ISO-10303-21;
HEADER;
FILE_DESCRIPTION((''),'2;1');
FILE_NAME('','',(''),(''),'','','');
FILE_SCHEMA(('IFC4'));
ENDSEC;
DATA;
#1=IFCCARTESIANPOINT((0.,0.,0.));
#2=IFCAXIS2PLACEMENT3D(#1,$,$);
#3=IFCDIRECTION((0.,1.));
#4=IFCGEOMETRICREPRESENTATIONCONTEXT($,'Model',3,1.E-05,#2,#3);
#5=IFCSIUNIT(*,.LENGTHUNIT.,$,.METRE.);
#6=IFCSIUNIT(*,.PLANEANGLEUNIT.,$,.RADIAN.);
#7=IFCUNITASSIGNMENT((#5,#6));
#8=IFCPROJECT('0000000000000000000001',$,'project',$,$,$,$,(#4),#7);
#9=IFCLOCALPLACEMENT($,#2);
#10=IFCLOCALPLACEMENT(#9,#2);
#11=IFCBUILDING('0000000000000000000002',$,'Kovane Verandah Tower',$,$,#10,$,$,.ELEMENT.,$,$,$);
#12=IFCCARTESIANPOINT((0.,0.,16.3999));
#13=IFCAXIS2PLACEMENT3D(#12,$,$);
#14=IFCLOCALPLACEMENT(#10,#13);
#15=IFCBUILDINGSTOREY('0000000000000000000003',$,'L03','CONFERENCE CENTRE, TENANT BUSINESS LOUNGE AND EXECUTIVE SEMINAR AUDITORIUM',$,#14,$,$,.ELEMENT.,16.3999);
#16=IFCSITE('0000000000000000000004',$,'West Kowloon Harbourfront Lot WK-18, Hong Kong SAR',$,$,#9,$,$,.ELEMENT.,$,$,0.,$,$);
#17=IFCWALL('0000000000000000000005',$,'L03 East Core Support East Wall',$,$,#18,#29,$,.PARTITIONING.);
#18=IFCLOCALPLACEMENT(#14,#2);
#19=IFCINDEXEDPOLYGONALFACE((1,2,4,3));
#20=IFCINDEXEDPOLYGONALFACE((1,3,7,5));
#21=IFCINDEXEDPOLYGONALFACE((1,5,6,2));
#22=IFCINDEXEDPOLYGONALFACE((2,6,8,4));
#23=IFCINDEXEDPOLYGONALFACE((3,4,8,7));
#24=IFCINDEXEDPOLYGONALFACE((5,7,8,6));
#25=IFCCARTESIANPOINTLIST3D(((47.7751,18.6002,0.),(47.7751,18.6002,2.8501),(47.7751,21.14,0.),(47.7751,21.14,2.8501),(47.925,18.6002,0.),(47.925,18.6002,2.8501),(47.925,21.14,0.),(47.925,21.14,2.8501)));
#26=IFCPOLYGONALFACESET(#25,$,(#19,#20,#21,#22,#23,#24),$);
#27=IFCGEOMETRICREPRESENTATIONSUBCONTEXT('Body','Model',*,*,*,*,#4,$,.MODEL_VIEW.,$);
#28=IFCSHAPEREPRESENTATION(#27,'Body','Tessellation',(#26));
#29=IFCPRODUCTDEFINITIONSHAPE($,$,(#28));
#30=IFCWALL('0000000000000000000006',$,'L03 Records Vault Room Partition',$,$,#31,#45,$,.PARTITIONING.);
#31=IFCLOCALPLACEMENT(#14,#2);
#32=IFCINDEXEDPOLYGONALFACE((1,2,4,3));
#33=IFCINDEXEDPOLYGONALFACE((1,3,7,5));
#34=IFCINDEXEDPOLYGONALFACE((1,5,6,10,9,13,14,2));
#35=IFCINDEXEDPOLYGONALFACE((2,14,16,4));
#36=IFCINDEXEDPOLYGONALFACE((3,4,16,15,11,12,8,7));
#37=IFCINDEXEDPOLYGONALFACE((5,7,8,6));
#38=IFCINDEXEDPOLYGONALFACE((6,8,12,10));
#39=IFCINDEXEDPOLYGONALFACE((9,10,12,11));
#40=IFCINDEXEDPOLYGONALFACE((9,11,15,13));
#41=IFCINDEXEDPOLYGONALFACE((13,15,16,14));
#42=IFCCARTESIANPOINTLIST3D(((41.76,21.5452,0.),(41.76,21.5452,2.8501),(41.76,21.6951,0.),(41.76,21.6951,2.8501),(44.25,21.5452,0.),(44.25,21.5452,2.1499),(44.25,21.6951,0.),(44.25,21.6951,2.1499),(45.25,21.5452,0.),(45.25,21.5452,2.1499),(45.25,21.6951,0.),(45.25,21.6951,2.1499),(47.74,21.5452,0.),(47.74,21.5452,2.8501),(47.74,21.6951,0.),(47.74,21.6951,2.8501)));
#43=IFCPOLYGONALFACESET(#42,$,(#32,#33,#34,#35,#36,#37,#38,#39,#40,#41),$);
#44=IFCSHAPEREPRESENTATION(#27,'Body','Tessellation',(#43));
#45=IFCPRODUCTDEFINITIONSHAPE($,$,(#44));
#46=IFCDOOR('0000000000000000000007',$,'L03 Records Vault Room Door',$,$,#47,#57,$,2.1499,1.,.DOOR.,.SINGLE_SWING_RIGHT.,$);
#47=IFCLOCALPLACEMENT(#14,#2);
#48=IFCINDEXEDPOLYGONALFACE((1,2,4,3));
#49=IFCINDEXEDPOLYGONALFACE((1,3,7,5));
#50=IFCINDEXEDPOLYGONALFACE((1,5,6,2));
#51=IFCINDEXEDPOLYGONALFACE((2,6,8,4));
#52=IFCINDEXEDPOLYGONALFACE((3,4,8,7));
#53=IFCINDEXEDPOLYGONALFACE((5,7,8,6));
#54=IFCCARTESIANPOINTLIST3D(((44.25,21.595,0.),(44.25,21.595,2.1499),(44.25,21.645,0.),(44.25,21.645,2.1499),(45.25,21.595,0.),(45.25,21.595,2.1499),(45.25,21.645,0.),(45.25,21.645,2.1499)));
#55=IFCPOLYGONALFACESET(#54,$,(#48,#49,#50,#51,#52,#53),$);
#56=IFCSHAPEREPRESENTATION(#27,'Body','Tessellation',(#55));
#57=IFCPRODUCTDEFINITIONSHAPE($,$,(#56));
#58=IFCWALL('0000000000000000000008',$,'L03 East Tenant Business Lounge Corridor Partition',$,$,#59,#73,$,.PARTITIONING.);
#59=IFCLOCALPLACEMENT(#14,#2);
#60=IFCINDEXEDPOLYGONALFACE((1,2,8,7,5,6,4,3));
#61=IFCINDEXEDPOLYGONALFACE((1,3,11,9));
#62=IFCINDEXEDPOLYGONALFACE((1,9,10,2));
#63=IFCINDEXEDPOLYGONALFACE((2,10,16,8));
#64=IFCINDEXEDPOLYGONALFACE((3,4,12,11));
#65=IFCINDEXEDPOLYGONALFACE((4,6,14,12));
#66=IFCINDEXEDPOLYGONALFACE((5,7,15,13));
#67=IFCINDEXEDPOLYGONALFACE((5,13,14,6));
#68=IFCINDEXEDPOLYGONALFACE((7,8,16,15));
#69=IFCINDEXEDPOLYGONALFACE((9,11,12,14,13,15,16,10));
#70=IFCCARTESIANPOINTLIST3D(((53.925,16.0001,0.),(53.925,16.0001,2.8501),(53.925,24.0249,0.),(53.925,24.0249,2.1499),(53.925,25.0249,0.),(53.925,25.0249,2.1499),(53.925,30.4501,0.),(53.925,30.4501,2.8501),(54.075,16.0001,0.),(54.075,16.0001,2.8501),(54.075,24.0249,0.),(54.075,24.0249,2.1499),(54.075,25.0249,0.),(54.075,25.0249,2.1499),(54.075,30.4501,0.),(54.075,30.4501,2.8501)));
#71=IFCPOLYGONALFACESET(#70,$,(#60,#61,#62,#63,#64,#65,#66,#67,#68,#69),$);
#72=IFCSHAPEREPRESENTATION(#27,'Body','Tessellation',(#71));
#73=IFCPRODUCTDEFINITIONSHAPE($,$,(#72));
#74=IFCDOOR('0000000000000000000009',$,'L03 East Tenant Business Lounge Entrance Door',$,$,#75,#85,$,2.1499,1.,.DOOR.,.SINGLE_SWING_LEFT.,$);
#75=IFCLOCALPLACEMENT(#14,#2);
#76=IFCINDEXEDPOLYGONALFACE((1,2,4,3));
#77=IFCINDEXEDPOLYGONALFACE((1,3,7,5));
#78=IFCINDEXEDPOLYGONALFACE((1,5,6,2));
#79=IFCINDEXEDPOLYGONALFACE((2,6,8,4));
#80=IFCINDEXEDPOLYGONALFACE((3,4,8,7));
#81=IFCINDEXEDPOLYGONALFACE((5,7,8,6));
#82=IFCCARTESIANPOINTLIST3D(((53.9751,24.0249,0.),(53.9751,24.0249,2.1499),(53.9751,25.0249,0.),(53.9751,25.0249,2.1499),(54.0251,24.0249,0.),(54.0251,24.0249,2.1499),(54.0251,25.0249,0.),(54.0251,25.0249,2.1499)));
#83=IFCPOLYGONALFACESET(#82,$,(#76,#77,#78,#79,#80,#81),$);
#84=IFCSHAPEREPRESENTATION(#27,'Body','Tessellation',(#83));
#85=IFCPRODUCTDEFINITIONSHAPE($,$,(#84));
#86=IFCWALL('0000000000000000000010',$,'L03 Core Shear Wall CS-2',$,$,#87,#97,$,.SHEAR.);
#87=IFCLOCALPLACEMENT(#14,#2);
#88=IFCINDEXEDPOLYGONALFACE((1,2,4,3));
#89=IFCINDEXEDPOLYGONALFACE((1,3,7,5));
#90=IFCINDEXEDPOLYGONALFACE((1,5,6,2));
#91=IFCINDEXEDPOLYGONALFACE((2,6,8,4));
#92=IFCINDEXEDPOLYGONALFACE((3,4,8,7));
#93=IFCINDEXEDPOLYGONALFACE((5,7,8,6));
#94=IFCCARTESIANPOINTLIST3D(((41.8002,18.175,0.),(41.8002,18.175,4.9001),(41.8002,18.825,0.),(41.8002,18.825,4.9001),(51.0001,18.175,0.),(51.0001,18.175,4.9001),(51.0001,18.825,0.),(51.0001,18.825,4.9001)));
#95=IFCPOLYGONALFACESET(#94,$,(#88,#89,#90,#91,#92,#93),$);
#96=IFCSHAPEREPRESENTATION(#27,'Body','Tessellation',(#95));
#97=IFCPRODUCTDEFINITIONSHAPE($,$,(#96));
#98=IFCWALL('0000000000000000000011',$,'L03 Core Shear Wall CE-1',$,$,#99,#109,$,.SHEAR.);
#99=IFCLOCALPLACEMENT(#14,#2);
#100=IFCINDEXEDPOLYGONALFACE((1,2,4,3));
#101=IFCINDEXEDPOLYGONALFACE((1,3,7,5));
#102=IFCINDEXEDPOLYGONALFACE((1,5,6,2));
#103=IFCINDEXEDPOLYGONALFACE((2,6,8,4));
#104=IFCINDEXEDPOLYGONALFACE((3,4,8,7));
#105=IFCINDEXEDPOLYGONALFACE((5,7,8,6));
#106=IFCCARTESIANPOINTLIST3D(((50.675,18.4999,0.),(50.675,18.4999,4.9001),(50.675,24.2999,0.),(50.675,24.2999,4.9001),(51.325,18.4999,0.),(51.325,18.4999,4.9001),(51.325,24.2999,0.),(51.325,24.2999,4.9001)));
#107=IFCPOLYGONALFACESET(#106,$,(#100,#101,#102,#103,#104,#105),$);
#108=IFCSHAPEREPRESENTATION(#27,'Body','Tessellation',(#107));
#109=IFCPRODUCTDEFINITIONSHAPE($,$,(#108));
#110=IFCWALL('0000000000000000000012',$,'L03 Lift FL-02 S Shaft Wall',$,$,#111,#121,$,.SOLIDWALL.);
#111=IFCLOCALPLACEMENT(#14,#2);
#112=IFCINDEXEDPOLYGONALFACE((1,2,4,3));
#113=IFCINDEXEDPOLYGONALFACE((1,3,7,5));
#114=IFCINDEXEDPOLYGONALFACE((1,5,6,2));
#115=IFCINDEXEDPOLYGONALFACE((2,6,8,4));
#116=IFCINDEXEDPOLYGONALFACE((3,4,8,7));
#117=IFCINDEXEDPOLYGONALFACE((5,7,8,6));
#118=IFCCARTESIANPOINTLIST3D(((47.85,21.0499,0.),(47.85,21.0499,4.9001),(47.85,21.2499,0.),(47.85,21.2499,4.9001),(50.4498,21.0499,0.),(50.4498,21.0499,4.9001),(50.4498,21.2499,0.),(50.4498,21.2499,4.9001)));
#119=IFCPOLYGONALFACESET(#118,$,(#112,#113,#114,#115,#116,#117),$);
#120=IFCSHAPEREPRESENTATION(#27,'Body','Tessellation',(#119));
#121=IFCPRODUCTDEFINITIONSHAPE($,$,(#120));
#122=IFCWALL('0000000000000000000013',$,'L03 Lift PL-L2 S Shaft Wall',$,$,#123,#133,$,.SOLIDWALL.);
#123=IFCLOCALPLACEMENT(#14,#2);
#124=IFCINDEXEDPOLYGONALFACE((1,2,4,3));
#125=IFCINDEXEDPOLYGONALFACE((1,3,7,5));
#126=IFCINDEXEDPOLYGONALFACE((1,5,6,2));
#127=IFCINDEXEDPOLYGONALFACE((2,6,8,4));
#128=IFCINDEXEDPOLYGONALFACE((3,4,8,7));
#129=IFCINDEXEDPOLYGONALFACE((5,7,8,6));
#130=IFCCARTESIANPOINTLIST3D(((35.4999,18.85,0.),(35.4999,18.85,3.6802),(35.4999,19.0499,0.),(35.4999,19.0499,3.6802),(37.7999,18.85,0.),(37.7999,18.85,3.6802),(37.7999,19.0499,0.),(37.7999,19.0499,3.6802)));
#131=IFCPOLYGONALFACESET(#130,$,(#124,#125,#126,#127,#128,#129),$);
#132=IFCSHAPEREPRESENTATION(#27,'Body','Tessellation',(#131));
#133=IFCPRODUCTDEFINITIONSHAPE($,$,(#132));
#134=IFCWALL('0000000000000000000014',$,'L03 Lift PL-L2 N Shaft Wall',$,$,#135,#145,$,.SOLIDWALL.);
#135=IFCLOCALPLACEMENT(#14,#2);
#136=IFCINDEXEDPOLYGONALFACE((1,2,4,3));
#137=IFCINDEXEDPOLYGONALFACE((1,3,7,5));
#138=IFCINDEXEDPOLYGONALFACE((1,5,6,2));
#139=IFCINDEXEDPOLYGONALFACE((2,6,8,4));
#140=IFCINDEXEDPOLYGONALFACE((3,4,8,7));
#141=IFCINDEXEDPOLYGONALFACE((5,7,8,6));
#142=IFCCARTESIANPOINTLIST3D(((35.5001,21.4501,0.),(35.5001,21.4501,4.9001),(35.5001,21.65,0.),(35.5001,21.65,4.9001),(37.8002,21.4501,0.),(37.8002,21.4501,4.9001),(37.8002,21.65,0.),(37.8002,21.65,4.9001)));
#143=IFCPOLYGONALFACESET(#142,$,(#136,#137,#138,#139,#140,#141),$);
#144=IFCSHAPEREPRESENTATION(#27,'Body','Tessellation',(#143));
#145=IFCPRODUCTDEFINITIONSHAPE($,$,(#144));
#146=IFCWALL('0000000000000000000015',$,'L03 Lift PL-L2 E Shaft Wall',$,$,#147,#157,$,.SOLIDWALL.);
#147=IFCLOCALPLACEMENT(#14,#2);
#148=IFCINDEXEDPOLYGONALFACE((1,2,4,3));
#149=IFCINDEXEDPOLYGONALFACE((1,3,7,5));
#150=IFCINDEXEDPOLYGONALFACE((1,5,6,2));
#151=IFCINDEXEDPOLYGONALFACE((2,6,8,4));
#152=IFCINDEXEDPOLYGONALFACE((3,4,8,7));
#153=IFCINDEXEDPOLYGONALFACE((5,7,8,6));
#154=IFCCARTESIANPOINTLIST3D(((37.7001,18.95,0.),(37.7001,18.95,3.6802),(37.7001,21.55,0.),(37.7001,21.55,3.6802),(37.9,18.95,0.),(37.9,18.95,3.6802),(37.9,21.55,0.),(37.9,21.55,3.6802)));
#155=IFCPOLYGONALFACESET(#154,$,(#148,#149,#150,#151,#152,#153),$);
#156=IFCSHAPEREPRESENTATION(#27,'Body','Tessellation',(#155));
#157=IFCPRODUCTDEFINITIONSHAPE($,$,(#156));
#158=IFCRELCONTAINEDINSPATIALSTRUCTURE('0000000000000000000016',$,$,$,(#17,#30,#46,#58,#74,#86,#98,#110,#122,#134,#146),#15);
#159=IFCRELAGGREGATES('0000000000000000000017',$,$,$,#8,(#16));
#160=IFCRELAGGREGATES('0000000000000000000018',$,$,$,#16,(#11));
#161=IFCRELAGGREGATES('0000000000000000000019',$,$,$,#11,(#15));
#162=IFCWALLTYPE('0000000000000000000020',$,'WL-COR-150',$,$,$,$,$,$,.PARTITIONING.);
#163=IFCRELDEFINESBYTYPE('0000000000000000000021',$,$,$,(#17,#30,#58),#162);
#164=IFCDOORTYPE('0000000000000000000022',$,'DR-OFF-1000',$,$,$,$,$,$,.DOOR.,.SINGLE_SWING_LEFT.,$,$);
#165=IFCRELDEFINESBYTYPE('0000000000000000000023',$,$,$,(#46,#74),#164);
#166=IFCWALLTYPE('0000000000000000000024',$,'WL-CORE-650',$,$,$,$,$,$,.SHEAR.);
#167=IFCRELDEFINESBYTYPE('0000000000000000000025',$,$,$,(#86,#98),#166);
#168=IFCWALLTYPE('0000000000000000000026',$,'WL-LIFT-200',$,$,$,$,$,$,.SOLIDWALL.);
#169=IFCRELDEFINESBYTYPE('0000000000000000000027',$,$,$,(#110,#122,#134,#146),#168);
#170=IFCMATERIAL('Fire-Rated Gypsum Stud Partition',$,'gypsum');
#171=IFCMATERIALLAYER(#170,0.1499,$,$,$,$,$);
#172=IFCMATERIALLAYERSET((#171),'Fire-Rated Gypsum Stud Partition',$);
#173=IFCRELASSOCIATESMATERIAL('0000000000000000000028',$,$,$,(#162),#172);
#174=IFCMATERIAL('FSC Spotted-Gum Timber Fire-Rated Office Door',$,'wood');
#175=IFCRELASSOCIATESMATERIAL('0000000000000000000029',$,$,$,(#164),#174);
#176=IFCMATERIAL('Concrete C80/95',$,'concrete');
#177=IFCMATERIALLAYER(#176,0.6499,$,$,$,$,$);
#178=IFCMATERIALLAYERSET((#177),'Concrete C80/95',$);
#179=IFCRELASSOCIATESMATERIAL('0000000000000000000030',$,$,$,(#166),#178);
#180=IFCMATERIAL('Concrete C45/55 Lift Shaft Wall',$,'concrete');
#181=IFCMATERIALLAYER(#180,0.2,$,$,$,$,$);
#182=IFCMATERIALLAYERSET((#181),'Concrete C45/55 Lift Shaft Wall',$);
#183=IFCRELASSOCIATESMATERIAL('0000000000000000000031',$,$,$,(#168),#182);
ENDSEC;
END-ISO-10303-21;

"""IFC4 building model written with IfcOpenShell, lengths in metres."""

from ifc_helpers import new_model, si_unit, direction, frame, frame_2d, origin, place, context, subcontext, project, spatial, rectangle, extrude, material, layer, layer_set, type_object, element, fill, save


model = new_model("IFC4")

# Units and contexts
model_context = context("Model", 3, precision=1e-05, world=origin(), true_north=direction((0.0, 1.0)))
body_context = subcontext(model_context, "Body", "Model", "MODEL_VIEW")
ifc_project = project(units=[si_unit("LENGTHUNIT", "METRE"), si_unit("PLANEANGLEUNIT", "RADIAN")], contexts=[model_context])

# Site, building, storey
site_placement = place(None, origin())
site = spatial("IfcSite", under=ifc_project, at=site_placement, Name="West Kowloon Harbourfront Lot WK-18, Hong Kong SAR", CompositionType="ELEMENT", RefElevation=0.0)
building_placement = place(site_placement, origin())
building = spatial("IfcBuilding", under=site, at=building_placement, Name="Kovane Verandah Tower", CompositionType="ELEMENT")
storey_placement = place(building_placement, frame((0.0, 0.0, 16.3999)))
storey = spatial("IfcBuildingStorey", under=building, at=storey_placement, Name="L03", Description="CONFERENCE CENTRE, TENANT BUSINESS LOUNGE AND EXECUTIVE SEMINAR AUDITORIUM", CompositionType="ELEMENT", Elevation=16.3999)

# Shared definitions
ifc_material_1 = material(Name="Concrete C80/95", Category="concrete")

# Shared definitions
ifc_material_2 = material(Name="Fire-Rated Gypsum Stud Partition", Category="gypsum")
ifc_layer_1 = layer(ifc_material_2, 0.1499)
ifc_layer_set_1 = layer_set([ifc_layer_1], Name="Fire-Rated Gypsum Stud Partition")
wall_type_1 = type_object("IfcWallType", Name="WL-COR-150", PredefinedType="PARTITIONING", material=ifc_layer_set_1)

# Wall
wall_1_placement = place(storey_placement, frame((47.8501, 18.6001, 0.0), z_axis=(0.0, 0.0, 1.0), x_axis=(0.0, 1.0, 0.0)))
element("IfcWall", 1, at=wall_1_placement, inside=storey, type_object=wall_type_1, Name="L03 East Core Support East Wall", PredefinedType="PARTITIONING", context=body_context, shape_type="SweptSolid", body=[
    extrude(rectangle(XDim=2.5398, YDim=0.1499, at=frame_2d((1.27, 0.0))), origin(), (0.0, 0.0, 1.0), 2.8501),
])

# Walls, openings, doors
wall_2_placement = place(storey_placement, frame((41.76, 21.6201, 0.0), z_axis=(0.0, 0.0, 1.0), x_axis=(1.0, 0.0, 0.0)))
wall_2 = element("IfcWall", 2, at=wall_2_placement, inside=storey, type_object=wall_type_1, Name="L03 Records Vault Room Partition", PredefinedType="PARTITIONING", context=body_context, shape_type="SweptSolid", body=[
    extrude(rectangle(XDim=5.98, YDim=0.1499, at=frame_2d((2.99, 0.0))), origin(), (0.0, 0.0, 1.0), 2.8501),
])
opening_1_placement = place(wall_2_placement, frame((2.49, 0.0, 0.0)))
opening_1 = element("IfcOpeningElement", 3, at=opening_1_placement, cuts=wall_2, PredefinedType="OPENING", context=body_context, shape_type="SweptSolid", body=[
    extrude(rectangle(XDim=1.0, YDim=2.1499, at=frame_2d((0.5, 1.075))), frame((0.0, 0.075, 0.0), z_axis=(0.0, -1.0, 0.0), x_axis=(1.0, 0.0, 0.0)), (0.0, 0.0, 1.0), 0.1499),
])
ifc_material_3 = material(Name="FSC Spotted-Gum Timber Fire-Rated Office Door", Category="wood")
door_type_1 = type_object("IfcDoorType", Name="DR-OFF-1000", OperationType="SINGLE_SWING_LEFT", PredefinedType="DOOR", material=ifc_material_3)
door_1_placement = place(opening_1_placement, origin())
door_1 = element("IfcDoor", 4, at=door_1_placement, inside=storey, type_object=door_type_1, Name="L03 Records Vault Room Door", OperationType="SINGLE_SWING_RIGHT", OverallHeight=2.1499, OverallWidth=1.0, PredefinedType="DOOR", context=body_context, shape_type="SweptSolid", body=[
    extrude(rectangle(XDim=1.0, YDim=2.1499, at=frame_2d((0.5, 1.075))), frame((0.0, 0.0249, 0.0), z_axis=(0.0, -1.0, 0.0), x_axis=(1.0, 0.0, 0.0)), (0.0, 0.0, 1.0), 0.05),
])
fill(opening_1, door_1)
wall_3_placement = place(storey_placement, frame((54.0, 16.0, 0.0), z_axis=(0.0, 0.0, 1.0), x_axis=(0.0, 1.0, 0.0)))
wall_3 = element("IfcWall", 5, at=wall_3_placement, inside=storey, type_object=wall_type_1, Name="L03 East Tenant Business Lounge Corridor Partition", PredefinedType="PARTITIONING", context=body_context, shape_type="SweptSolid", body=[
    extrude(rectangle(XDim=14.45, YDim=0.1499, at=frame_2d((7.2251, 0.0))), origin(), (0.0, 0.0, 1.0), 2.8501),
])
opening_2_placement = place(wall_3_placement, frame((8.0249, 0.0, 0.0)))
opening_2 = element("IfcOpeningElement", 6, at=opening_2_placement, cuts=wall_3, PredefinedType="OPENING", context=body_context, shape_type="SweptSolid", body=[
    extrude(rectangle(XDim=1.0, YDim=2.1499, at=frame_2d((0.5, 1.075))), frame((0.0, 0.075, 0.0), z_axis=(0.0, -1.0, 0.0), x_axis=(1.0, 0.0, 0.0)), (0.0, 0.0, 1.0), 0.1499),
])
door_2_placement = place(opening_2_placement, origin())
door_2 = element("IfcDoor", 7, at=door_2_placement, inside=storey, type_object=door_type_1, Name="L03 East Tenant Business Lounge Entrance Door", OperationType="SINGLE_SWING_LEFT", OverallHeight=2.1499, OverallWidth=1.0, PredefinedType="DOOR", context=body_context, shape_type="SweptSolid", body=[
    extrude(rectangle(XDim=1.0, YDim=2.1499, at=frame_2d((0.5, 1.075))), frame((0.0, 0.0249, 0.0), z_axis=(0.0, -1.0, 0.0), x_axis=(1.0, 0.0, 0.0)), (0.0, 0.0, 1.0), 0.05),
])
fill(opening_2, door_2)

# Walls
ifc_layer_2 = layer(ifc_material_1, 0.6499)
ifc_layer_set_2 = layer_set([ifc_layer_2], Name="Concrete C80/95")
wall_type_2 = type_object("IfcWallType", Name="WL-CORE-650", PredefinedType="SHEAR", material=ifc_layer_set_2)
wall_4_placement = place(storey_placement, frame((41.8, 18.5, 0.0), z_axis=(0.0, 0.0, 1.0), x_axis=(1.0, 0.0, 0.0)))
element("IfcWall", 8, at=wall_4_placement, inside=storey, type_object=wall_type_2, Name="L03 Core Shear Wall CS-2", PredefinedType="SHEAR", context=body_context, shape_type="SweptSolid", body=[
    extrude(rectangle(XDim=9.2, YDim=0.6499, at=frame_2d((4.6001, 0.0))), origin(), (0.0, 0.0, 1.0), 4.9001),
])
wall_5_placement = place(storey_placement, frame((51.0, 18.5, 0.0), z_axis=(0.0, 0.0, 1.0), x_axis=(0.0, 1.0, 0.0)))
element("IfcWall", 9, at=wall_5_placement, inside=storey, type_object=wall_type_2, Name="L03 Core Shear Wall CE-1", PredefinedType="SHEAR", context=body_context, shape_type="SweptSolid", body=[
    extrude(rectangle(XDim=5.8, YDim=0.6499, at=frame_2d((2.8999, 0.0))), origin(), (0.0, 0.0, 1.0), 4.9001),
])
ifc_material_4 = material(Name="Concrete C45/55 Lift Shaft Wall", Category="concrete")
ifc_layer_3 = layer(ifc_material_4, 0.2)
ifc_layer_set_3 = layer_set([ifc_layer_3], Name="Concrete C45/55 Lift Shaft Wall")
wall_type_3 = type_object("IfcWallType", Name="WL-LIFT-200", PredefinedType="SOLIDWALL", material=ifc_layer_set_3)
wall_6_placement = place(storey_placement, frame((47.8501, 21.1499, 0.0), z_axis=(0.0, 0.0, 1.0), x_axis=(1.0, 0.0, 0.0)))
element("IfcWall", 10, at=wall_6_placement, inside=storey, type_object=wall_type_3, Name="L03 Lift FL-02 S Shaft Wall", PredefinedType="SOLIDWALL", context=body_context, shape_type="SweptSolid", body=[
    extrude(rectangle(XDim=2.5999, YDim=0.2, at=frame_2d((1.2998, 0.0))), origin(), (0.0, 0.0, 1.0), 4.9001),
])
wall_7_placement = place(storey_placement, frame((35.5, 18.95, 0.0), z_axis=(0.0, 0.0, 1.0), x_axis=(1.0, 0.0, 0.0)))
element("IfcWall", 11, at=wall_7_placement, inside=storey, type_object=wall_type_3, Name="L03 Lift PL-L2 S Shaft Wall", PredefinedType="SOLIDWALL", context=body_context, shape_type="SweptSolid", body=[
    extrude(rectangle(XDim=2.3, YDim=0.2, at=frame_2d((1.1499, 0.0))), origin(), (0.0, 0.0, 1.0), 3.6802),
])
wall_8_placement = place(storey_placement, frame((37.8, 21.55, 0.0), z_axis=(0.0, 0.0, 1.0), x_axis=(-1.0, 0.0, 0.0)))
element("IfcWall", 12, at=wall_8_placement, inside=storey, type_object=wall_type_3, Name="L03 Lift PL-L2 N Shaft Wall", PredefinedType="SOLIDWALL", context=body_context, shape_type="SweptSolid", body=[
    extrude(rectangle(XDim=2.3, YDim=0.2, at=frame_2d((1.1499, 0.0))), origin(), (0.0, 0.0, 1.0), 4.9001),
])
wall_9_placement = place(storey_placement, frame((37.8, 18.95, 0.0), z_axis=(0.0, 0.0, 1.0), x_axis=(0.0, 1.0, 0.0)))
element("IfcWall", 13, at=wall_9_placement, inside=storey, type_object=wall_type_3, Name="L03 Lift PL-L2 E Shaft Wall", PredefinedType="SOLIDWALL", context=body_context, shape_type="SweptSolid", body=[
    extrude(rectangle(XDim=2.6001, YDim=0.2, at=frame_2d((1.3, 0.0))), origin(), (0.0, 0.0, 1.0), 3.6802),
])

save(model, "model.ifc")
